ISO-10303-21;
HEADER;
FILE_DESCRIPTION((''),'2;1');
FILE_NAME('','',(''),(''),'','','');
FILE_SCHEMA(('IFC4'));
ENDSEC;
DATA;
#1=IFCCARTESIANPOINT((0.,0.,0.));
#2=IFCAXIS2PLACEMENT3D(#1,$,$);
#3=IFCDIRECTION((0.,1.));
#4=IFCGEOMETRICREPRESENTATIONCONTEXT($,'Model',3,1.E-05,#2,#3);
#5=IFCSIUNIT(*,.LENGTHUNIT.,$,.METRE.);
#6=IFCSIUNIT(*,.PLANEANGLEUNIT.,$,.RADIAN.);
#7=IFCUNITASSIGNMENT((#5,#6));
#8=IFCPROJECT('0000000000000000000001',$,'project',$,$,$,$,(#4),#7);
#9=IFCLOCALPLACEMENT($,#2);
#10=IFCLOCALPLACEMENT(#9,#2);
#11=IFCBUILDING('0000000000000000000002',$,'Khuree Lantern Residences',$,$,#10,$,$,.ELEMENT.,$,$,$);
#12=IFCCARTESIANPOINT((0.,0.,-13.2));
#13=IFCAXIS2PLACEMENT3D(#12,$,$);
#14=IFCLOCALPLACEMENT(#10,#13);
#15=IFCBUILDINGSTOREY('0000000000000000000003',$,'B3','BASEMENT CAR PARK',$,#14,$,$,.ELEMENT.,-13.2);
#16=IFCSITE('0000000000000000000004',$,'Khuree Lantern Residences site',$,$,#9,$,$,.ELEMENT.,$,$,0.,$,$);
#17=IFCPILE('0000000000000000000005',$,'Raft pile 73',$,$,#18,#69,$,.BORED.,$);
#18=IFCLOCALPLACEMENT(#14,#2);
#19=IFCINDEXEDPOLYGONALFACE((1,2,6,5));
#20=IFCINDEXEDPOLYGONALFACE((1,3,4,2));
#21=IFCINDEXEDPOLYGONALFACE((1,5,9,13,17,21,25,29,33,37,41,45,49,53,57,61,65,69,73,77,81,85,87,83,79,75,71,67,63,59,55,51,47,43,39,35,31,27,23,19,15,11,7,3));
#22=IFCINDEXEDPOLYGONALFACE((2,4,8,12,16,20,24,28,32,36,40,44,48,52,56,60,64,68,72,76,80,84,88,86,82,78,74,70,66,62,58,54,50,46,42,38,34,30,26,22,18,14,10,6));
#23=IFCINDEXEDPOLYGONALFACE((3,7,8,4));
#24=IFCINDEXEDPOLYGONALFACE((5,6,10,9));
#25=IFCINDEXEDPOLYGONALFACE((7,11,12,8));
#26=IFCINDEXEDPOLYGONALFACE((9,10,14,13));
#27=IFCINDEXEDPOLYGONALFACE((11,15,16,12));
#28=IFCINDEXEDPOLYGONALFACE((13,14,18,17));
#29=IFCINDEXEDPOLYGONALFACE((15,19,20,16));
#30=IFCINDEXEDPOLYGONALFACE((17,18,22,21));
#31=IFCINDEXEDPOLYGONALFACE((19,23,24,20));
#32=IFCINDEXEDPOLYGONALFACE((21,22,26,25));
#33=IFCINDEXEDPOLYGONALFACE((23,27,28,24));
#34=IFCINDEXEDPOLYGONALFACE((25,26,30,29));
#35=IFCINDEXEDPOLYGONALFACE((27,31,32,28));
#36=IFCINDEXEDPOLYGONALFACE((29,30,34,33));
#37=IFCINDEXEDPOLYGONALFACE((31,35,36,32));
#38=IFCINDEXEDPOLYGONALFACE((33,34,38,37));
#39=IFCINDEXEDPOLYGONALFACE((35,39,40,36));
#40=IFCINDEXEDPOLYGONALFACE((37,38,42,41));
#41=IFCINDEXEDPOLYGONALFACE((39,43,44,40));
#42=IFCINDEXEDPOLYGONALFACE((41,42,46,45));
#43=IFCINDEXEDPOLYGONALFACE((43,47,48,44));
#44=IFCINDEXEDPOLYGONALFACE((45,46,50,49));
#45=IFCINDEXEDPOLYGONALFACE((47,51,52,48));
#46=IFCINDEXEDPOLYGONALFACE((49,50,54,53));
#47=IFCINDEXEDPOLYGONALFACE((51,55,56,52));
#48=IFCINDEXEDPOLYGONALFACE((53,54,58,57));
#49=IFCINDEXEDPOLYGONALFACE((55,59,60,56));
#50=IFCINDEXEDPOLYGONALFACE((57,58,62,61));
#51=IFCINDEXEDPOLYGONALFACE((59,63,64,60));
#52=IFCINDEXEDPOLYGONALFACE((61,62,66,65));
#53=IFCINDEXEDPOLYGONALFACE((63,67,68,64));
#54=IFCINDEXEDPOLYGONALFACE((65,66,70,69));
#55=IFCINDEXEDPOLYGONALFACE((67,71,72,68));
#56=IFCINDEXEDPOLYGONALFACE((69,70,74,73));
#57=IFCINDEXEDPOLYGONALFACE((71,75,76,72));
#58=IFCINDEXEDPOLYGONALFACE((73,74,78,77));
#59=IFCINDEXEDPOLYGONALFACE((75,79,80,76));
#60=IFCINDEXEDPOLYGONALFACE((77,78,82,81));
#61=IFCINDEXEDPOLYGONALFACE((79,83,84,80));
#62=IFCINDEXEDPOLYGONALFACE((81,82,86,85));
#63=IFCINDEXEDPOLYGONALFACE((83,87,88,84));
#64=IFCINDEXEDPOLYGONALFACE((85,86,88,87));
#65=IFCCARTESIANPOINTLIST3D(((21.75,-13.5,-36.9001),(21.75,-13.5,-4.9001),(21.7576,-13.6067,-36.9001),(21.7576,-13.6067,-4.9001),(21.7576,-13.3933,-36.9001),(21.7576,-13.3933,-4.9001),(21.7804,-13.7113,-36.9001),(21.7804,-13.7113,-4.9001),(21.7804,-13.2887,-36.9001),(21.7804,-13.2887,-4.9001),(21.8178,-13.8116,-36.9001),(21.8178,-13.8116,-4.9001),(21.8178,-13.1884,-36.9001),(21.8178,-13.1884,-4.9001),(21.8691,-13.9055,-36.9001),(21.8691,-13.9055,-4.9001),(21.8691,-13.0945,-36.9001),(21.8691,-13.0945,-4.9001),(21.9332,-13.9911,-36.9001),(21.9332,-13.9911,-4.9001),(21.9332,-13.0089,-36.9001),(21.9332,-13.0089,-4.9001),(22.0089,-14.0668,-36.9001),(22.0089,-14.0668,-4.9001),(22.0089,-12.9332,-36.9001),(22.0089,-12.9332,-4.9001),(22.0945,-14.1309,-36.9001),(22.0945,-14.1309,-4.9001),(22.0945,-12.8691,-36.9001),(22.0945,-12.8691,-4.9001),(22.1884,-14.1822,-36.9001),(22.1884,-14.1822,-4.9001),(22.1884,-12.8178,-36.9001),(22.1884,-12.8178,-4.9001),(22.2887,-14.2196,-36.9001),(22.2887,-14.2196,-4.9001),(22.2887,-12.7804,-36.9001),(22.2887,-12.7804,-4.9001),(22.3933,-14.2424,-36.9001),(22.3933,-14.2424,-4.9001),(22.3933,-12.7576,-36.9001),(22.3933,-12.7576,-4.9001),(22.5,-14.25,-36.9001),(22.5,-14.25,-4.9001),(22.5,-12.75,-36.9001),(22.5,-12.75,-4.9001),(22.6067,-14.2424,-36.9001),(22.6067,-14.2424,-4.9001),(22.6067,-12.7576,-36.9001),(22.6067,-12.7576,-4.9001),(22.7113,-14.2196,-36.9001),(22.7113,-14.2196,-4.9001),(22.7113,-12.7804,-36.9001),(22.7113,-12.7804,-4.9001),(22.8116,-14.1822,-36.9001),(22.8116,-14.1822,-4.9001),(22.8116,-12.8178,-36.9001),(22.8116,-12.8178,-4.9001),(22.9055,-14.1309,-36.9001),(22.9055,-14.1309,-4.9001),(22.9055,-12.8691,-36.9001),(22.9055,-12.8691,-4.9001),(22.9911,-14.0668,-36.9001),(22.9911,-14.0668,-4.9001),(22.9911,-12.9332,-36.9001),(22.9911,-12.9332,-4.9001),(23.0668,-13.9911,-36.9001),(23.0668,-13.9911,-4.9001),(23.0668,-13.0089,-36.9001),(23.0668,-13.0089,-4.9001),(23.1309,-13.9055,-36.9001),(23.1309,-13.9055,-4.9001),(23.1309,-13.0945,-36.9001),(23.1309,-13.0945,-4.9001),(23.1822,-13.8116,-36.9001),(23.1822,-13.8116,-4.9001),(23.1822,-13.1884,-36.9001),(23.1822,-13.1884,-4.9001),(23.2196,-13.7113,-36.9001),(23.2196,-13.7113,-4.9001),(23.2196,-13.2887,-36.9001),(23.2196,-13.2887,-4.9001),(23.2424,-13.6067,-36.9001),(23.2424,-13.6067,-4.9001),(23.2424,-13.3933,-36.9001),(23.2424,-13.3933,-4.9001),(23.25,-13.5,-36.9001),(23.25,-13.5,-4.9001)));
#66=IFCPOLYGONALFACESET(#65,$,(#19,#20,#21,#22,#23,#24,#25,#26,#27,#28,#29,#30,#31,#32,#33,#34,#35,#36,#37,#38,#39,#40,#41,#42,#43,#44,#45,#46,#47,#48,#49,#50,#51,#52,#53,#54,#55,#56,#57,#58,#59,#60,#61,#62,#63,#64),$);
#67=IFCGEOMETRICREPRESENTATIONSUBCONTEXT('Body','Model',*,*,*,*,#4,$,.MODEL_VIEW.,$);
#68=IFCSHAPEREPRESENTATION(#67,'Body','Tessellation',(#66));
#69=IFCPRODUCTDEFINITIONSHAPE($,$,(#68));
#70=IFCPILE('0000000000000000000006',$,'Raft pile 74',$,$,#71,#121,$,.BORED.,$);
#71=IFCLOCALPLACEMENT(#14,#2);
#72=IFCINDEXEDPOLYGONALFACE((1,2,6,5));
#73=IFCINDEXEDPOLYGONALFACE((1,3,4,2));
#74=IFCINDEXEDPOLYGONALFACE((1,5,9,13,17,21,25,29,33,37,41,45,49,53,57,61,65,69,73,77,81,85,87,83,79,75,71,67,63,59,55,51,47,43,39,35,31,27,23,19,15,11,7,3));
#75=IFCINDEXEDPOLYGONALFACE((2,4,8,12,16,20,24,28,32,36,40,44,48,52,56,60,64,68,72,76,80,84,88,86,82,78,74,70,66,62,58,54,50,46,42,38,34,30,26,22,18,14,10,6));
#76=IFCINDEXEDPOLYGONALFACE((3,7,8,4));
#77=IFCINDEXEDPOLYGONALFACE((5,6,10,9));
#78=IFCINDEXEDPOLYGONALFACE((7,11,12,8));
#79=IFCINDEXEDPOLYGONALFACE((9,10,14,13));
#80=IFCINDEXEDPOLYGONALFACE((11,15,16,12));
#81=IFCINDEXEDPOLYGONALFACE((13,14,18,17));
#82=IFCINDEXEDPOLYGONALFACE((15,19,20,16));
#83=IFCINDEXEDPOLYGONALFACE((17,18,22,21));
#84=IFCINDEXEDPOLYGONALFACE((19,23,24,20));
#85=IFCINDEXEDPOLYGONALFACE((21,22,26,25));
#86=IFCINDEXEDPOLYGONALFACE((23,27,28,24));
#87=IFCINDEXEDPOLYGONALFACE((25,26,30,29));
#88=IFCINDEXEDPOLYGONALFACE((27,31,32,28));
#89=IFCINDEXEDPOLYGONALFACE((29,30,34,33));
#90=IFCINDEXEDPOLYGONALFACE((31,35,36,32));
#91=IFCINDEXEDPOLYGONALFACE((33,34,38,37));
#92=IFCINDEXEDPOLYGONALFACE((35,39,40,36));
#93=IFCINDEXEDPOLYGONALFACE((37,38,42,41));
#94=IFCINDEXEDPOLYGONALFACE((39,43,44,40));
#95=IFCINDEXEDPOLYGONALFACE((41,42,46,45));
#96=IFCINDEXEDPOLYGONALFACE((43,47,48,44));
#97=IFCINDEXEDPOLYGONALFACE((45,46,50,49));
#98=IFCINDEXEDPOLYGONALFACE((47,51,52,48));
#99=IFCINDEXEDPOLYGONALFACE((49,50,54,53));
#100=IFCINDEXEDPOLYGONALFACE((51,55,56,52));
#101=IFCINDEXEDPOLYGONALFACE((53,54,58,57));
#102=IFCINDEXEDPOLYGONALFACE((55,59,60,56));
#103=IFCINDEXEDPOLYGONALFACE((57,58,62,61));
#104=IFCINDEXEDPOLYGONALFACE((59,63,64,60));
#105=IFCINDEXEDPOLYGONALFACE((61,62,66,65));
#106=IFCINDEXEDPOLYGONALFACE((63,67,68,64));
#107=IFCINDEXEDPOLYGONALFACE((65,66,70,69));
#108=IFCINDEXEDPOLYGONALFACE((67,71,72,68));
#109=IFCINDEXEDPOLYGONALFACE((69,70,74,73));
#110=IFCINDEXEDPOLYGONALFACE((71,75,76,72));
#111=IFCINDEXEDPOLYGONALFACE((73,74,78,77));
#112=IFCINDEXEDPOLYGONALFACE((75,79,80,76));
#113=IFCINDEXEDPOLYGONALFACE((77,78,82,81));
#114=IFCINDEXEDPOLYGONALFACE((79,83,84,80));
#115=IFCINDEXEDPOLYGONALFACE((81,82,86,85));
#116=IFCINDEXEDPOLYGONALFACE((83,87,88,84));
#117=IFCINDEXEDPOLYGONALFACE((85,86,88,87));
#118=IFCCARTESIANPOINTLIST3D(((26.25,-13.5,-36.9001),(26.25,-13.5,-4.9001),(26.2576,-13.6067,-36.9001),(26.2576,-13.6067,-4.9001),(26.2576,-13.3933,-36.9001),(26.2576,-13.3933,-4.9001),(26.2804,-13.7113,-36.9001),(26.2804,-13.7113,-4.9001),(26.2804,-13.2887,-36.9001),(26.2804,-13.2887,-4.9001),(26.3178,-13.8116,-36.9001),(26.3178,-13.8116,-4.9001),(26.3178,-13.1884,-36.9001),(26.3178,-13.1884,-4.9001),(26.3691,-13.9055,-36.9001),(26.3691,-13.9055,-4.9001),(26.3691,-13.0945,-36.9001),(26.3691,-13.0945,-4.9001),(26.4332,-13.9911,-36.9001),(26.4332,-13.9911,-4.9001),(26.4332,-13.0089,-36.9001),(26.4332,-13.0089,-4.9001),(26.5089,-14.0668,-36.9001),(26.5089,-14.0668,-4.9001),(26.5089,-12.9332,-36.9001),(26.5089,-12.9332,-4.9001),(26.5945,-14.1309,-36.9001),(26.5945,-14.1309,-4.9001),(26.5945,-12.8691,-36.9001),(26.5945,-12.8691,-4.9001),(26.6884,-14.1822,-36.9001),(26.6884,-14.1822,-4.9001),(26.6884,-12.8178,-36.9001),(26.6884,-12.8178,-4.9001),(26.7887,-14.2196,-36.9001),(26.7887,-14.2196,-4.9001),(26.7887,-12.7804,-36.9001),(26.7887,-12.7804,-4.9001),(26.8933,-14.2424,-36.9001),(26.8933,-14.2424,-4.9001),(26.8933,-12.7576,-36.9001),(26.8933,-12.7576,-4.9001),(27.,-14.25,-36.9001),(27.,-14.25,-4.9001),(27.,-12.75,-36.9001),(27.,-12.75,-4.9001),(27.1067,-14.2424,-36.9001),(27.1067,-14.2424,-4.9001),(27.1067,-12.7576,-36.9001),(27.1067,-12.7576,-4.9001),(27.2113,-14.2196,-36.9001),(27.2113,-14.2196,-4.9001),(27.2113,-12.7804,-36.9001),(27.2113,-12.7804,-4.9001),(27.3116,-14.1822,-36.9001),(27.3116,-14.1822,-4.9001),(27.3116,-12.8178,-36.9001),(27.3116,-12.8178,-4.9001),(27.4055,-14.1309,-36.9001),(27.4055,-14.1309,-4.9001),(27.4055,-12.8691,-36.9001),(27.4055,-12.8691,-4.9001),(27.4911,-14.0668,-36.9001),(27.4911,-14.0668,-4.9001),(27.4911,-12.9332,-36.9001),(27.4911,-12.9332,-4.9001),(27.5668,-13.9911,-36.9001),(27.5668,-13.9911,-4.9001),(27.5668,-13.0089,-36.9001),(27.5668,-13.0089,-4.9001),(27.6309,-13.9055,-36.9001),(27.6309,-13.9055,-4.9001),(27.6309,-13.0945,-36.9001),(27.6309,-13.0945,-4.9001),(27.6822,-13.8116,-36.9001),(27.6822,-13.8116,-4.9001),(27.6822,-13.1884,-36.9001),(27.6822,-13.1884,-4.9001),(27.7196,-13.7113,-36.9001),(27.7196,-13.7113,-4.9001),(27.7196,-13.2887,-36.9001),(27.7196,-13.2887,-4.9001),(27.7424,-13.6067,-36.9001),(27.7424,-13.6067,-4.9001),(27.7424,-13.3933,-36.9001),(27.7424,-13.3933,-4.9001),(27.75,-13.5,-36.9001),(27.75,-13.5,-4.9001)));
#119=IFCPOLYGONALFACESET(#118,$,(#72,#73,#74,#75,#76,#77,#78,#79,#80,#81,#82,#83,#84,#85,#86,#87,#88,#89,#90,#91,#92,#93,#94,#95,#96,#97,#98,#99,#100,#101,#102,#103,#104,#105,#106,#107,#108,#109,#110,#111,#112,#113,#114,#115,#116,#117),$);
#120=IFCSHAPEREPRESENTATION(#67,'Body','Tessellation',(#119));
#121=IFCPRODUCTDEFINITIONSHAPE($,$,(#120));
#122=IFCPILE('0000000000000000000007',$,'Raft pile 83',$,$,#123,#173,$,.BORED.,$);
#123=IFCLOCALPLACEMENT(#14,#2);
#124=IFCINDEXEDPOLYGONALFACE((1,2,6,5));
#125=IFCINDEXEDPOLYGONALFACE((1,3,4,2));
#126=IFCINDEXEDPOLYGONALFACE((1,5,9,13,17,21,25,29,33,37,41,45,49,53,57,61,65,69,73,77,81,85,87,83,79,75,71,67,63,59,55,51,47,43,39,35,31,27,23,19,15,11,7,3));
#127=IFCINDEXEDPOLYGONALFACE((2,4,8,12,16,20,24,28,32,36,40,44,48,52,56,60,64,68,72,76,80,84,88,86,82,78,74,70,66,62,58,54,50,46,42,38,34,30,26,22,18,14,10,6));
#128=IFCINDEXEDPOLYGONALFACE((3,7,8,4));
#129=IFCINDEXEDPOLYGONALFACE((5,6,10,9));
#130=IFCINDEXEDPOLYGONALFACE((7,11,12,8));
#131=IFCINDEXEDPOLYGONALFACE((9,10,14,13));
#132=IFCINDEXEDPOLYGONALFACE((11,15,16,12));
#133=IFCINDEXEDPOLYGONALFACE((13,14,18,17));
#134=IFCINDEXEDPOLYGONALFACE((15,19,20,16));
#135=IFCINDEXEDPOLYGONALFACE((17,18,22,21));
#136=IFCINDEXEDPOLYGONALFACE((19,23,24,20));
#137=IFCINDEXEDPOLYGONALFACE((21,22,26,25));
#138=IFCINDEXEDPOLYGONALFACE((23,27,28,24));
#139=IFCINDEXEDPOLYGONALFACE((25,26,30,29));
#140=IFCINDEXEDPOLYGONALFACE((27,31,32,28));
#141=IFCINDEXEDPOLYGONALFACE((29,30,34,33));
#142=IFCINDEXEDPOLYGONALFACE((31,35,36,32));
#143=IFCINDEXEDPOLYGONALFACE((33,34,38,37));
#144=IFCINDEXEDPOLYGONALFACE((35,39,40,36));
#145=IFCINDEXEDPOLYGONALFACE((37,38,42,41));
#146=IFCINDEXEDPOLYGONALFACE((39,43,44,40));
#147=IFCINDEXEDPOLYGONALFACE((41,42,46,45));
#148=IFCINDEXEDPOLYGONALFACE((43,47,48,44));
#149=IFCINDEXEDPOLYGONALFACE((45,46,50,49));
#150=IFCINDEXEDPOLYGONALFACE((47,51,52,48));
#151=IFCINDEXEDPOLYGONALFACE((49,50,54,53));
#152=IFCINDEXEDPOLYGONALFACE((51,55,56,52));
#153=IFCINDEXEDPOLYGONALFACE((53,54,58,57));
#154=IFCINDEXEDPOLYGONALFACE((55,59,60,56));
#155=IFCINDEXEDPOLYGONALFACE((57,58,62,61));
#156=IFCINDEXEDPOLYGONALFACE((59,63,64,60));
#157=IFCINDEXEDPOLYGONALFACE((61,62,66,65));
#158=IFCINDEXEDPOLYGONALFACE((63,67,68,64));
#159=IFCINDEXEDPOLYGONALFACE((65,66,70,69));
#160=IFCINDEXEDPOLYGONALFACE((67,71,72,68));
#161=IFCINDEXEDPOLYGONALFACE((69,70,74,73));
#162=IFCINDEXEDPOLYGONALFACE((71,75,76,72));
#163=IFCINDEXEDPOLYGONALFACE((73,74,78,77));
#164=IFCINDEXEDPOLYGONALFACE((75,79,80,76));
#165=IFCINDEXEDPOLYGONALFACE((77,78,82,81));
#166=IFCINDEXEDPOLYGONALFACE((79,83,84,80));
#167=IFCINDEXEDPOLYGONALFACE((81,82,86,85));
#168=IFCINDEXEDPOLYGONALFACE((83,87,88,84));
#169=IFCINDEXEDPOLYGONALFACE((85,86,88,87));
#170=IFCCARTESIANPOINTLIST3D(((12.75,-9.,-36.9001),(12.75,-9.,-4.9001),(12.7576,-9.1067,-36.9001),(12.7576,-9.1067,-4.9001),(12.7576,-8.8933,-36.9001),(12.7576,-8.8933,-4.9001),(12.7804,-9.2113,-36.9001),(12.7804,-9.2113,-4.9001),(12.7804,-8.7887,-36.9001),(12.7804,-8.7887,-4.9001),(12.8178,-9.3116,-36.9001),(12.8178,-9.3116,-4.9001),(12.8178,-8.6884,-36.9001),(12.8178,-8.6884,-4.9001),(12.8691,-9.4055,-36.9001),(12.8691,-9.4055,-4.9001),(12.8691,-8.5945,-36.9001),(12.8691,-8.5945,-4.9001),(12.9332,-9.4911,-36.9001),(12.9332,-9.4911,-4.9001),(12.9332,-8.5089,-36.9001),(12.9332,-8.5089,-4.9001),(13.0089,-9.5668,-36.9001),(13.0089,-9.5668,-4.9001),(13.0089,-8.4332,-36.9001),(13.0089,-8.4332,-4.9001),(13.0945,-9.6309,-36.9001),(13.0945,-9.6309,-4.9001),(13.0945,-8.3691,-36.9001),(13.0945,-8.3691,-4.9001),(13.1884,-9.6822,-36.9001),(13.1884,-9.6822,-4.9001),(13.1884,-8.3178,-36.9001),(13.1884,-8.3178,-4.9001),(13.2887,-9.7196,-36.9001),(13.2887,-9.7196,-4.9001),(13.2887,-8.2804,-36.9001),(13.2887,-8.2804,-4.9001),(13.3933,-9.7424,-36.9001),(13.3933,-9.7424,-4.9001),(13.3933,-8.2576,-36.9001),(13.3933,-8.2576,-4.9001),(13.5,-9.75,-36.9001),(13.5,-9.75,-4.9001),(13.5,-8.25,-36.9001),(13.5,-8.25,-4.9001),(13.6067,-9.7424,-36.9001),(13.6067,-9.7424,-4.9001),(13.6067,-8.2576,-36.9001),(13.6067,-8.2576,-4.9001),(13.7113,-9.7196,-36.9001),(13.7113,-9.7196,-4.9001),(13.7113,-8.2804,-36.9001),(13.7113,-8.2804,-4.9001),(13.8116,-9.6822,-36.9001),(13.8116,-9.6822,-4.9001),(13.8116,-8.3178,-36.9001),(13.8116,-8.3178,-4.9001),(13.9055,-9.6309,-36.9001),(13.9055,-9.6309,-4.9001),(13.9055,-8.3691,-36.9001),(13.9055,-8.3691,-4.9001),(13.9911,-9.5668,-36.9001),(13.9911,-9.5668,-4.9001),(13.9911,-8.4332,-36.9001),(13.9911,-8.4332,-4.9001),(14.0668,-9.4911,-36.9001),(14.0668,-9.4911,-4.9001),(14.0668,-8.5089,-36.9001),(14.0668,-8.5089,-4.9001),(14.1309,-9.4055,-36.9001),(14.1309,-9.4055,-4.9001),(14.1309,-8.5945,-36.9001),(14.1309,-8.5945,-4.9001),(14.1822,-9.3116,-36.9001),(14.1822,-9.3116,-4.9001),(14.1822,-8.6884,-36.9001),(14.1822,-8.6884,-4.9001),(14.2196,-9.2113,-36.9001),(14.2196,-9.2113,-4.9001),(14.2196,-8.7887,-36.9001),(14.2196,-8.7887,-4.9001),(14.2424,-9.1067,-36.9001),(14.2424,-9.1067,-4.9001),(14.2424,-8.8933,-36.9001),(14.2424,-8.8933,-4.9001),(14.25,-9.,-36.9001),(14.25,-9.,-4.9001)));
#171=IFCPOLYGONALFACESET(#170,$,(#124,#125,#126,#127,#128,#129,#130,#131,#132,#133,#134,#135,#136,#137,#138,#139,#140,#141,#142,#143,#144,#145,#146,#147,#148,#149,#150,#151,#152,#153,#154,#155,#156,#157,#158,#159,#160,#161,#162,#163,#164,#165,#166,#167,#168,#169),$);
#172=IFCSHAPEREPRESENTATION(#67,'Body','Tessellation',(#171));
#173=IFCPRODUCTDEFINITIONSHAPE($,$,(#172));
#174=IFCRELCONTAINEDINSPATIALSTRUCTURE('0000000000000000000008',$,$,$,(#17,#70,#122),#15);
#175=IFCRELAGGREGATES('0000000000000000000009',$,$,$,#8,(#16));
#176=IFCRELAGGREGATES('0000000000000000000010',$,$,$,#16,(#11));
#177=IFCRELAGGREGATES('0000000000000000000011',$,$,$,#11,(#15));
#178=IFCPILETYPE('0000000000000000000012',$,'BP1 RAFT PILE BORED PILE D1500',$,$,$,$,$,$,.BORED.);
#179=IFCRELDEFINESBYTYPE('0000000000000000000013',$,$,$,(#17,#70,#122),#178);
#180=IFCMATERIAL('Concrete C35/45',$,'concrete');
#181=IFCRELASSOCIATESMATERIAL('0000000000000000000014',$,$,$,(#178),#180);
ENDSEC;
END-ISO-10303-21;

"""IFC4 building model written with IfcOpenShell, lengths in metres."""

from ifc_helpers import new_model, si_unit, direction, frame, origin, origin_2d, place, context, subcontext, project, spatial, circle, extrude, material, material_profile, profile_set, type_object, element, save


model = new_model("IFC4")

# Units and contexts
model_context = context("Model", 3, precision=1e-05, world=origin(), true_north=direction((0.0, 1.0)))
body_context = subcontext(model_context, "Body", "Model", "MODEL_VIEW")
ifc_project = project(units=[si_unit("LENGTHUNIT", "METRE"), si_unit("PLANEANGLEUNIT", "RADIAN")], contexts=[model_context])

# Site, building, storey
site_placement = place(None, origin())
site = spatial("IfcSite", under=ifc_project, at=site_placement, Name="Khuree Lantern Residences site", CompositionType="ELEMENT", RefElevation=0.0)
building_placement = place(site_placement, origin())
building = spatial("IfcBuilding", under=site, at=building_placement, Name="Khuree Lantern Residences", CompositionType="ELEMENT")
storey_placement = place(building_placement, frame((0.0, 0.0, -13.2)))
storey = spatial("IfcBuildingStorey", under=building, at=storey_placement, Name="B3", Description="BASEMENT CAR PARK", CompositionType="ELEMENT", Elevation=-13.2)

# Piles
ifc_material_1 = material(Name="Concrete C35/45", Category="concrete")
ifc_material_profile = material_profile(ifc_material_1, circle(Radius=0.75, at=origin_2d()), Name="BORED PILE D1500")
ifc_profile_set = profile_set([ifc_material_profile], Name="Concrete C35/45")
pile_type = type_object("IfcPileType", Name="BP1 RAFT PILE BORED PILE D1500", PredefinedType="BORED", material=ifc_profile_set)
for number, where, z_axis, x_axis, name in (
    (1, (22.5, -13.5, -4.9001), (0.0, 0.0, -1.0), (1.0, 0.0, 0.0), "Raft pile 73"),
    (2, (27.0, -13.5, -4.9001), (0.0, 0.0, -1.0), (1.0, 0.0, 0.0), "Raft pile 74"),
    (3, (13.5, -9.0, -4.9001), (0.0, 0.0, -1.0), (1.0, 0.0, 0.0), "Raft pile 83"),
):
    element("IfcPile", number, at=place(storey_placement, frame(where, z_axis=z_axis, x_axis=x_axis)), inside=storey, type_object=pile_type, Name=name, PredefinedType="BORED", context=body_context, shape_type="SweptSolid", body=[
        extrude(circle(Radius=0.75, at=origin_2d()), origin(), (0.0, 0.0, 1.0), 32.0),
    ])

save(model, "model.ifc")
